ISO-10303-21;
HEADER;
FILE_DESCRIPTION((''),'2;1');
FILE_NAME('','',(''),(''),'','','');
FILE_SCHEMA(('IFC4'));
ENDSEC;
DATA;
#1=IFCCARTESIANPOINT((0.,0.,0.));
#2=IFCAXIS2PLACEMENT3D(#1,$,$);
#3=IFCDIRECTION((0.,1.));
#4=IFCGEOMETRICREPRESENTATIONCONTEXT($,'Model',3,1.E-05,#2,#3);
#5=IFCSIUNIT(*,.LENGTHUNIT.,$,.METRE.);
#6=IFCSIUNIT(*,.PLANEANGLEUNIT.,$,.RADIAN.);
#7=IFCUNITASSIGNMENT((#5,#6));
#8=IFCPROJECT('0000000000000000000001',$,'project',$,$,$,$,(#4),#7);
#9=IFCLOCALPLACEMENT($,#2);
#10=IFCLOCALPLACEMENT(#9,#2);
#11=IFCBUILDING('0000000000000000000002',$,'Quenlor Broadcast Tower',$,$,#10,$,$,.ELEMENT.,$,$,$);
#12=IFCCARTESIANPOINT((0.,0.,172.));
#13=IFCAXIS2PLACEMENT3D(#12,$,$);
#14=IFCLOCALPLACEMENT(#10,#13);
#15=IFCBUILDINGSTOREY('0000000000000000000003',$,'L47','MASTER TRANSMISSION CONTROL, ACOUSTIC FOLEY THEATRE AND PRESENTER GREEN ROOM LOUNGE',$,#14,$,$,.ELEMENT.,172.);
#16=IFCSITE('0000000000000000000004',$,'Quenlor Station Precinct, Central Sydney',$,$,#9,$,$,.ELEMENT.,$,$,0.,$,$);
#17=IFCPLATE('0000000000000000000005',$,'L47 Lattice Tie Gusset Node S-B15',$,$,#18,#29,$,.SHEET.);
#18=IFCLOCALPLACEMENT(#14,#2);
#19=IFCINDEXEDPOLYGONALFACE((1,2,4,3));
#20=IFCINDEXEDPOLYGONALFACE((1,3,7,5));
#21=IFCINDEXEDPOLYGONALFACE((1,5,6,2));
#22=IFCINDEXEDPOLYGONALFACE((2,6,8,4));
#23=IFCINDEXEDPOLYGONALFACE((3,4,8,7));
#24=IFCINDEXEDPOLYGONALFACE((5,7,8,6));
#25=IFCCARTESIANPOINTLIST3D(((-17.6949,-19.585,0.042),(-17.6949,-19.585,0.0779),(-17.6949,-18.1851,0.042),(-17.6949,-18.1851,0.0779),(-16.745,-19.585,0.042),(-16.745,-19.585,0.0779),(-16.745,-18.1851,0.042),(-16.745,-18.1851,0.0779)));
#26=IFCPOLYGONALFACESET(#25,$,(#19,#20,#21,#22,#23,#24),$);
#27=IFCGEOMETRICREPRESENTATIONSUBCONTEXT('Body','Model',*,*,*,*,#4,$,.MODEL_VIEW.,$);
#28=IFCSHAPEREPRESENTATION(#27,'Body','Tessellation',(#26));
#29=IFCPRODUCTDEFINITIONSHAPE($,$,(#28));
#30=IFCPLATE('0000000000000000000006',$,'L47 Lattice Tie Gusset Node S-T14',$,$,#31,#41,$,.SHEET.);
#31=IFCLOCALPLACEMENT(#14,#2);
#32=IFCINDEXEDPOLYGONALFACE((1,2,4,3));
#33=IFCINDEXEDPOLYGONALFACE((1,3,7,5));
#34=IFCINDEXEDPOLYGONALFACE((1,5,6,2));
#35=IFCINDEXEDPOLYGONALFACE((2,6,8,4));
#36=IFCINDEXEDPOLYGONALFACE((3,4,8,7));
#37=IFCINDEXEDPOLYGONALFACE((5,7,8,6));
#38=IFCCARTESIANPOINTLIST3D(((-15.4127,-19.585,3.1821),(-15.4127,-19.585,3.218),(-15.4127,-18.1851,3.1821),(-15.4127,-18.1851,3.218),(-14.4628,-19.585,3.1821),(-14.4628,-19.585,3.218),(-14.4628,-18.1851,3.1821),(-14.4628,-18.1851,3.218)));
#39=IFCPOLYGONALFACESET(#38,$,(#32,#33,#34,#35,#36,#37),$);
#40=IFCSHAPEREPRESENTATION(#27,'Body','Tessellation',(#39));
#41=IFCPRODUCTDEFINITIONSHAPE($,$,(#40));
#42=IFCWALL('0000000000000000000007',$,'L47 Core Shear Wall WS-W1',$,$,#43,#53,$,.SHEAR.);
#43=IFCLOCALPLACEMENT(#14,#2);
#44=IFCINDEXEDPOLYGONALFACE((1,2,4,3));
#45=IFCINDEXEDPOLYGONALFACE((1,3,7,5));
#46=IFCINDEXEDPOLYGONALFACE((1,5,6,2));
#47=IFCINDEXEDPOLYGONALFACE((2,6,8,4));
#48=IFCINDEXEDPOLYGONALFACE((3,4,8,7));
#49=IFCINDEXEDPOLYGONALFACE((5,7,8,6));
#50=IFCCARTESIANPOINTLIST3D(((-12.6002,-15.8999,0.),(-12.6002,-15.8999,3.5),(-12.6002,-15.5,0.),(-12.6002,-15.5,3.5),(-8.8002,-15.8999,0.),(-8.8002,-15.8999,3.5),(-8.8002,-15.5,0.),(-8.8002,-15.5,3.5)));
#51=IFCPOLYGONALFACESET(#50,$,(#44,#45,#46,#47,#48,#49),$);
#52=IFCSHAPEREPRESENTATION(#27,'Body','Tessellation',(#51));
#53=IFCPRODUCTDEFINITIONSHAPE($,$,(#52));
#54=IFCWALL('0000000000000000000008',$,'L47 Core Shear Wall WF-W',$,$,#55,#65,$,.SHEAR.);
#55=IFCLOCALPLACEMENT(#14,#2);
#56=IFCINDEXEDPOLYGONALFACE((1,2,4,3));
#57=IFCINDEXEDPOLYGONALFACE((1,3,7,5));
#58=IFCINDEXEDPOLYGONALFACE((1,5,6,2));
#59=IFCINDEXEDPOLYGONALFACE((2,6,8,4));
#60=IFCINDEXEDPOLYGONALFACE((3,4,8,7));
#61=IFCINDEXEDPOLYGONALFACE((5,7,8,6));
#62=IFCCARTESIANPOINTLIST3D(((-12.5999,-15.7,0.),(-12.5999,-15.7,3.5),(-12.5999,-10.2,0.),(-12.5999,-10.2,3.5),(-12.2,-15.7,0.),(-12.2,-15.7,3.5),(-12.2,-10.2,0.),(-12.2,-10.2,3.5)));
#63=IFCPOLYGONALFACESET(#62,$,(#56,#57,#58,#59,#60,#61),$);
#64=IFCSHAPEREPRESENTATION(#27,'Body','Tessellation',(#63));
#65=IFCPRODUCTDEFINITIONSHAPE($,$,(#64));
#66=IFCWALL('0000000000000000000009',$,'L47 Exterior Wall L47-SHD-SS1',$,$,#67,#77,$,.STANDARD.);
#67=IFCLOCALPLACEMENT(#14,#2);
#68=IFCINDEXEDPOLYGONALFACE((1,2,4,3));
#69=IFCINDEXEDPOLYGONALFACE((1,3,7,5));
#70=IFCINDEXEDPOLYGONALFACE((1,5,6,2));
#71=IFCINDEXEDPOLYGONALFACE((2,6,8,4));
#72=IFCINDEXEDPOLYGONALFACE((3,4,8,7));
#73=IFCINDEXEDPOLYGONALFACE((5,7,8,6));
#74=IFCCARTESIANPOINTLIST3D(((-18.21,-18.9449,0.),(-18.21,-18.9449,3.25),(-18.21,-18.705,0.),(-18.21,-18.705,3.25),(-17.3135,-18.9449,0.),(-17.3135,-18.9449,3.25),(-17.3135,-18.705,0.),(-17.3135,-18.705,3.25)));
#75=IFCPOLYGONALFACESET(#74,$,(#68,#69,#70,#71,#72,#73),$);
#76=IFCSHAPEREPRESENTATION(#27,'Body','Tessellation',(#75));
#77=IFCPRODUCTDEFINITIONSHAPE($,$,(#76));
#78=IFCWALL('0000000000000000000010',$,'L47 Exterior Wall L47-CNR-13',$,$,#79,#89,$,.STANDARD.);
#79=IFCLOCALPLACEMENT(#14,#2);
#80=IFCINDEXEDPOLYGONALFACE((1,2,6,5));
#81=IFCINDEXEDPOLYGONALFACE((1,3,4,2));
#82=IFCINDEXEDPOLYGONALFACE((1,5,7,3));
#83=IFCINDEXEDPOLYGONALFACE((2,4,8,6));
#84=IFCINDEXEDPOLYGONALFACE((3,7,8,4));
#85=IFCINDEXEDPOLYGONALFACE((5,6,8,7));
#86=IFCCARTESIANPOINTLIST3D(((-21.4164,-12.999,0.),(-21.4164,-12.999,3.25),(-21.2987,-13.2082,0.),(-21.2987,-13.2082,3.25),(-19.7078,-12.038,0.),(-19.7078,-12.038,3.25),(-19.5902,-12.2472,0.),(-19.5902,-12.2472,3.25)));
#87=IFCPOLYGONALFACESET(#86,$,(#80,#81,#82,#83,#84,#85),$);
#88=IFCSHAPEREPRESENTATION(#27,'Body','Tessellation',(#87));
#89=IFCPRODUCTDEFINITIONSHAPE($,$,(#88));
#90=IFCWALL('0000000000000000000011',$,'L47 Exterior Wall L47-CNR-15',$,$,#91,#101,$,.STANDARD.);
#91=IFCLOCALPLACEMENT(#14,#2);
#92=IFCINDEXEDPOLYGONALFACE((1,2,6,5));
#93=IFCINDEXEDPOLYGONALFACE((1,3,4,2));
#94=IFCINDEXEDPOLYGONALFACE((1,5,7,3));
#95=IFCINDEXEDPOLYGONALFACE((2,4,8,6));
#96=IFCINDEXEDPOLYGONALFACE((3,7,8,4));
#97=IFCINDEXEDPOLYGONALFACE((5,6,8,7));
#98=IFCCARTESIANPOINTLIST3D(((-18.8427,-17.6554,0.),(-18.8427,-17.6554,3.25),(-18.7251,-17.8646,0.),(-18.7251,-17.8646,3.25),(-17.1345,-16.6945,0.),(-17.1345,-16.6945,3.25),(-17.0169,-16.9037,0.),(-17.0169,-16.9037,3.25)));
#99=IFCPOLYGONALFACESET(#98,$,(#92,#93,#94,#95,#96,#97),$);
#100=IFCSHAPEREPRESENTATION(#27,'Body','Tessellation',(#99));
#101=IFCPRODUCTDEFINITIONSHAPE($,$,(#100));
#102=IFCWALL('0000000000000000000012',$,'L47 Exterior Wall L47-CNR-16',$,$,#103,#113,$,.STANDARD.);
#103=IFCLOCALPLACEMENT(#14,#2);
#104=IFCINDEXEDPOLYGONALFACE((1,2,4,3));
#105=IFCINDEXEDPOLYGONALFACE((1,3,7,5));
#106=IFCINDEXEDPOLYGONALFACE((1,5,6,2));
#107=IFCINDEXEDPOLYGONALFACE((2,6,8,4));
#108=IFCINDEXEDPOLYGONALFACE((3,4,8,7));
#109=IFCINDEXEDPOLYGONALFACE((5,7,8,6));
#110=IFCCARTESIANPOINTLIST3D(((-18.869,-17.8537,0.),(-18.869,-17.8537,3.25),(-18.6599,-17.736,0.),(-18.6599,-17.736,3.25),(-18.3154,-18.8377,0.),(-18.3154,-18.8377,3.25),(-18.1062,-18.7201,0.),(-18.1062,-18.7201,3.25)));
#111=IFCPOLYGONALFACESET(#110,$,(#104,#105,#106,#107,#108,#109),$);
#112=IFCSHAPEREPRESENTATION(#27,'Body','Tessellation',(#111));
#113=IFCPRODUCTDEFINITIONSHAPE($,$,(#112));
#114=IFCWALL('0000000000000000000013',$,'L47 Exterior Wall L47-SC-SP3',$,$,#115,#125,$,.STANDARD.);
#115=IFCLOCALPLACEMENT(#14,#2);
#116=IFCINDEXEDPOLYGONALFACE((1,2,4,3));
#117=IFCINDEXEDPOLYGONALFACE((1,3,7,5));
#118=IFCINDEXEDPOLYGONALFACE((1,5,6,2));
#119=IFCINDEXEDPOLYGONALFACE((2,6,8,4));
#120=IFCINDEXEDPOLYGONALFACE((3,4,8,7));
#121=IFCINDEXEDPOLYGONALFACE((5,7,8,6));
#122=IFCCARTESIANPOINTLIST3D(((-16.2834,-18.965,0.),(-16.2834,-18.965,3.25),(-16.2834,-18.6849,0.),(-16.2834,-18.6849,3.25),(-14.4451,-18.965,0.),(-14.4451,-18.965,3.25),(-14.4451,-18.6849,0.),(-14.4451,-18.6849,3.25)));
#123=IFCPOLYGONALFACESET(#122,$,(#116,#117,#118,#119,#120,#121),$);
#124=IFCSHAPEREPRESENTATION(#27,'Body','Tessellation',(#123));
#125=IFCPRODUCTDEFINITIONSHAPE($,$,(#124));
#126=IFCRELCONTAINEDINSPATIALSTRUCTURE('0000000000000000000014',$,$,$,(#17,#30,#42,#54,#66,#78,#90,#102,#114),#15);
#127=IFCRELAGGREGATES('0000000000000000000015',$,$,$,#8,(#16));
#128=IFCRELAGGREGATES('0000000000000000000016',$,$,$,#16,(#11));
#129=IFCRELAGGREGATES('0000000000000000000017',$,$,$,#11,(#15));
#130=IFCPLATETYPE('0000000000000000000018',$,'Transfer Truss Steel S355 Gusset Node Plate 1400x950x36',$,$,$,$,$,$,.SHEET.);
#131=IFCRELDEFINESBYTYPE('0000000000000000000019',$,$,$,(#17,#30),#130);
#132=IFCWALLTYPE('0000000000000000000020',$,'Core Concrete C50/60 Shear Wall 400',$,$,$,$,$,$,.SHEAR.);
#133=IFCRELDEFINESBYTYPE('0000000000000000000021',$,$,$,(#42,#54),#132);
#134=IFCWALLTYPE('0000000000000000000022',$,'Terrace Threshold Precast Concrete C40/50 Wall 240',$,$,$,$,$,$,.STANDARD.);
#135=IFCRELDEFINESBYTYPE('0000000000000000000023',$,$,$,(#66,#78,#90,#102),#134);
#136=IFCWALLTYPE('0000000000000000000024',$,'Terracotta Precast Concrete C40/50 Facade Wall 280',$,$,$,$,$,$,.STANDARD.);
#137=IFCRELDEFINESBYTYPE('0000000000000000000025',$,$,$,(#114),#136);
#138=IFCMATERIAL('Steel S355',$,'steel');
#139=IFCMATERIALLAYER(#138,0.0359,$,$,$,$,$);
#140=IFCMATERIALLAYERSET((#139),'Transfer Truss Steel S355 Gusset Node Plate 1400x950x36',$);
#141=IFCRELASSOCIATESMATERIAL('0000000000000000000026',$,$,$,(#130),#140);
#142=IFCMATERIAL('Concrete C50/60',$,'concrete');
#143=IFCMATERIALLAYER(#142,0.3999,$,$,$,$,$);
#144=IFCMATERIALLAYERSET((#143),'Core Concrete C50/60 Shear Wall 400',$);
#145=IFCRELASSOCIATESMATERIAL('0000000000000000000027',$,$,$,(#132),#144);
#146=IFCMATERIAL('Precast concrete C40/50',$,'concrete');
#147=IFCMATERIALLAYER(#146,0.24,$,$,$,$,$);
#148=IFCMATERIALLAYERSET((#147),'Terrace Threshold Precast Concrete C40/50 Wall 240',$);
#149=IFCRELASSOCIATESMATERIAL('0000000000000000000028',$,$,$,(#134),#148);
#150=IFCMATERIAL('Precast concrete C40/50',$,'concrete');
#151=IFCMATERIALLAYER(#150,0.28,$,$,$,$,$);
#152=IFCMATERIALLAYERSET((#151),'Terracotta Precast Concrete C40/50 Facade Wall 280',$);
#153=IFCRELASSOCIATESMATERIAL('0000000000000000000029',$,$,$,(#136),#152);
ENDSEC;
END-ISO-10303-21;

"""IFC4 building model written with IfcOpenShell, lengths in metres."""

from ifc_helpers import new_model, si_unit, direction, frame, frame_2d, origin, origin_2d, place, context, subcontext, project, spatial, rectangle, extrude, material, layer, layer_set, type_object, element, save


model = new_model("IFC4")

# Units and contexts
model_context = context("Model", 3, precision=1e-05, world=origin(), true_north=direction((0.0, 1.0)))
body_context = subcontext(model_context, "Body", "Model", "MODEL_VIEW")
ifc_project = project(units=[si_unit("LENGTHUNIT", "METRE"), si_unit("PLANEANGLEUNIT", "RADIAN")], contexts=[model_context])

# Site, building, storey
site_placement = place(None, origin())
site = spatial("IfcSite", under=ifc_project, at=site_placement, Name="Quenlor Station Precinct, Central Sydney", CompositionType="ELEMENT", RefElevation=0.0)
building_placement = place(site_placement, origin())
building = spatial("IfcBuilding", under=site, at=building_placement, Name="Quenlor Broadcast Tower", CompositionType="ELEMENT")
storey_placement = place(building_placement, frame((0.0, 0.0, 172.0)))
storey = spatial("IfcBuildingStorey", under=building, at=storey_placement, Name="L47", Description="MASTER TRANSMISSION CONTROL, ACOUSTIC FOLEY THEATRE AND PRESENTER GREEN ROOM LOUNGE", CompositionType="ELEMENT", Elevation=172.0)

# Plates
ifc_material_1 = material(Name="Steel S355", Category="steel")
ifc_layer_1 = layer(ifc_material_1, 0.0359)
ifc_layer_set_1 = layer_set([ifc_layer_1], Name="Transfer Truss Steel S355 Gusset Node Plate 1400x950x36")
plate_type_1 = type_object("IfcPlateType", Name="Transfer Truss Steel S355 Gusset Node Plate 1400x950x36", PredefinedType="SHEET", material=ifc_layer_set_1)
for number, where, z_axis, x_axis, name in (
    (1, (-17.22, -18.885, 0.042), (0.0, 0.0, 1.0), (0.0, -1.0, 0.0), "L47 Lattice Tie Gusset Node S-B15"),
    (2, (-14.9377, -18.885, 3.1821), (0.0, 0.0, 1.0), (0.0, -1.0, 0.0), "L47 Lattice Tie Gusset Node S-T14"),
):
    element("IfcPlate", number, at=place(storey_placement, frame(where, z_axis=z_axis, x_axis=x_axis)), inside=storey, type_object=plate_type_1, Name=name, PredefinedType="SHEET", context=body_context, shape_type="SweptSolid", body=[
        extrude(rectangle(XDim=1.3999, YDim=0.95, at=origin_2d()), origin(), (0.0, 0.0, 1.0), 0.0359),
    ])

# Walls
ifc_material_2 = material(Name="Concrete C50/60", Category="concrete")
ifc_layer_2 = layer(ifc_material_2, 0.3999)
ifc_layer_set_2 = layer_set([ifc_layer_2], Name="Core Concrete C50/60 Shear Wall 400")
wall_type_1 = type_object("IfcWallType", Name="Core Concrete C50/60 Shear Wall 400", PredefinedType="SHEAR", material=ifc_layer_set_2)
wall_1_placement = place(storey_placement, frame((-12.6001, -15.7, 0.0), z_axis=(0.0, 0.0, 1.0), x_axis=(1.0, 0.0, 0.0)))
element("IfcWall", 3, at=wall_1_placement, inside=storey, type_object=wall_type_1, Name="L47 Core Shear Wall WS-W1", PredefinedType="SHEAR", context=body_context, shape_type="SweptSolid", body=[
    extrude(rectangle(XDim=3.8, YDim=0.3999, at=frame_2d((1.8999, 0.0))), origin(), (0.0, 0.0, 1.0), 3.5),
])
wall_2_placement = place(storey_placement, frame((-12.3999, -15.7, 0.0), z_axis=(0.0, 0.0, 1.0), x_axis=(0.0, 1.0, 0.0)))
element("IfcWall", 4, at=wall_2_placement, inside=storey, type_object=wall_type_1, Name="L47 Core Shear Wall WF-W", PredefinedType="SHEAR", context=body_context, shape_type="SweptSolid", body=[
    extrude(rectangle(XDim=5.5, YDim=0.3999, at=frame_2d((2.75, 0.0))), origin(), (0.0, 0.0, 1.0), 3.5),
])
ifc_material_3 = material(Name="Precast concrete C40/50", Category="concrete")
ifc_layer_3 = layer(ifc_material_3, 0.24)
ifc_layer_set_3 = layer_set([ifc_layer_3], Name="Terrace Threshold Precast Concrete C40/50 Wall 240")
wall_type_2 = type_object("IfcWallType", Name="Terrace Threshold Precast Concrete C40/50 Wall 240", PredefinedType="STANDARD", material=ifc_layer_set_3)
wall_3_placement = place(storey_placement, frame((-17.3135, -18.825, 0.0), z_axis=(0.0, 0.0, 1.0), x_axis=(-1.0, 0.0, 0.0)))
element("IfcWall", 5, at=wall_3_placement, inside=storey, type_object=wall_type_2, Name="L47 Exterior Wall L47-SHD-SS1", PredefinedType="STANDARD", context=body_context, shape_type="SweptSolid", body=[
    extrude(rectangle(XDim=0.8965, YDim=0.24, at=frame_2d((0.4482, 0.0))), origin(), (0.0, 0.0, 1.0), 3.25),
])
wall_4_placement = place(storey_placement, frame((-21.3574, -13.1035, 0.0), z_axis=(0.0, 0.0, 1.0), x_axis=(0.871595, 0.490226, 0.0)))
element("IfcWall", 6, at=wall_4_placement, inside=storey, type_object=wall_type_2, Name="L47 Exterior Wall L47-CNR-13", PredefinedType="STANDARD", context=body_context, shape_type="SweptSolid", body=[
    extrude(rectangle(XDim=1.9602, YDim=0.24, at=frame_2d((0.98, 0.0))), origin(), (0.0, 0.0, 1.0), 3.25),
])
wall_5_placement = place(storey_placement, frame((-17.0757, -16.7991, 0.0), z_axis=(0.0, 0.0, 1.0), x_axis=(-0.871566, -0.490279, 0.0)))
element("IfcWall", 7, at=wall_5_placement, inside=storey, type_object=wall_type_2, Name="L47 Exterior Wall L47-CNR-15", PredefinedType="STANDARD", context=body_context, shape_type="SweptSolid", body=[
    extrude(rectangle(XDim=1.96, YDim=0.24, at=frame_2d((0.98, 0.0))), origin(), (0.0, 0.0, 1.0), 3.25),
])
wall_6_placement = place(storey_placement, frame((-18.7644, -17.7949, 0.0), z_axis=(0.0, 0.0, 1.0), x_axis=(0.490354, -0.871524, 0.0)))
element("IfcWall", 8, at=wall_6_placement, inside=storey, type_object=wall_type_2, Name="L47 Exterior Wall L47-CNR-16", PredefinedType="STANDARD", context=body_context, shape_type="SweptSolid", body=[
    extrude(rectangle(XDim=1.1292, YDim=0.24, at=frame_2d((0.5645, 0.0))), origin(), (0.0, 0.0, 1.0), 3.25),
])
ifc_material_4 = material(Name="Precast concrete C40/50", Category="concrete")
ifc_layer_4 = layer(ifc_material_4, 0.28)
ifc_layer_set_4 = layer_set([ifc_layer_4], Name="Terracotta Precast Concrete C40/50 Facade Wall 280")
wall_type_3 = type_object("IfcWallType", Name="Terracotta Precast Concrete C40/50 Facade Wall 280", PredefinedType="STANDARD", material=ifc_layer_set_4)
wall_7_placement = place(storey_placement, frame((-14.4451, -18.825, 0.0), z_axis=(0.0, 0.0, 1.0), x_axis=(-1.0, 0.0, 0.0)))
element("IfcWall", 9, at=wall_7_placement, inside=storey, type_object=wall_type_3, Name="L47 Exterior Wall L47-SC-SP3", PredefinedType="STANDARD", context=body_context, shape_type="SweptSolid", body=[
    extrude(rectangle(XDim=1.8384, YDim=0.28, at=frame_2d((0.9192, 0.0))), origin(), (0.0, 0.0, 1.0), 3.25),
])

save(model, "model.ifc")
